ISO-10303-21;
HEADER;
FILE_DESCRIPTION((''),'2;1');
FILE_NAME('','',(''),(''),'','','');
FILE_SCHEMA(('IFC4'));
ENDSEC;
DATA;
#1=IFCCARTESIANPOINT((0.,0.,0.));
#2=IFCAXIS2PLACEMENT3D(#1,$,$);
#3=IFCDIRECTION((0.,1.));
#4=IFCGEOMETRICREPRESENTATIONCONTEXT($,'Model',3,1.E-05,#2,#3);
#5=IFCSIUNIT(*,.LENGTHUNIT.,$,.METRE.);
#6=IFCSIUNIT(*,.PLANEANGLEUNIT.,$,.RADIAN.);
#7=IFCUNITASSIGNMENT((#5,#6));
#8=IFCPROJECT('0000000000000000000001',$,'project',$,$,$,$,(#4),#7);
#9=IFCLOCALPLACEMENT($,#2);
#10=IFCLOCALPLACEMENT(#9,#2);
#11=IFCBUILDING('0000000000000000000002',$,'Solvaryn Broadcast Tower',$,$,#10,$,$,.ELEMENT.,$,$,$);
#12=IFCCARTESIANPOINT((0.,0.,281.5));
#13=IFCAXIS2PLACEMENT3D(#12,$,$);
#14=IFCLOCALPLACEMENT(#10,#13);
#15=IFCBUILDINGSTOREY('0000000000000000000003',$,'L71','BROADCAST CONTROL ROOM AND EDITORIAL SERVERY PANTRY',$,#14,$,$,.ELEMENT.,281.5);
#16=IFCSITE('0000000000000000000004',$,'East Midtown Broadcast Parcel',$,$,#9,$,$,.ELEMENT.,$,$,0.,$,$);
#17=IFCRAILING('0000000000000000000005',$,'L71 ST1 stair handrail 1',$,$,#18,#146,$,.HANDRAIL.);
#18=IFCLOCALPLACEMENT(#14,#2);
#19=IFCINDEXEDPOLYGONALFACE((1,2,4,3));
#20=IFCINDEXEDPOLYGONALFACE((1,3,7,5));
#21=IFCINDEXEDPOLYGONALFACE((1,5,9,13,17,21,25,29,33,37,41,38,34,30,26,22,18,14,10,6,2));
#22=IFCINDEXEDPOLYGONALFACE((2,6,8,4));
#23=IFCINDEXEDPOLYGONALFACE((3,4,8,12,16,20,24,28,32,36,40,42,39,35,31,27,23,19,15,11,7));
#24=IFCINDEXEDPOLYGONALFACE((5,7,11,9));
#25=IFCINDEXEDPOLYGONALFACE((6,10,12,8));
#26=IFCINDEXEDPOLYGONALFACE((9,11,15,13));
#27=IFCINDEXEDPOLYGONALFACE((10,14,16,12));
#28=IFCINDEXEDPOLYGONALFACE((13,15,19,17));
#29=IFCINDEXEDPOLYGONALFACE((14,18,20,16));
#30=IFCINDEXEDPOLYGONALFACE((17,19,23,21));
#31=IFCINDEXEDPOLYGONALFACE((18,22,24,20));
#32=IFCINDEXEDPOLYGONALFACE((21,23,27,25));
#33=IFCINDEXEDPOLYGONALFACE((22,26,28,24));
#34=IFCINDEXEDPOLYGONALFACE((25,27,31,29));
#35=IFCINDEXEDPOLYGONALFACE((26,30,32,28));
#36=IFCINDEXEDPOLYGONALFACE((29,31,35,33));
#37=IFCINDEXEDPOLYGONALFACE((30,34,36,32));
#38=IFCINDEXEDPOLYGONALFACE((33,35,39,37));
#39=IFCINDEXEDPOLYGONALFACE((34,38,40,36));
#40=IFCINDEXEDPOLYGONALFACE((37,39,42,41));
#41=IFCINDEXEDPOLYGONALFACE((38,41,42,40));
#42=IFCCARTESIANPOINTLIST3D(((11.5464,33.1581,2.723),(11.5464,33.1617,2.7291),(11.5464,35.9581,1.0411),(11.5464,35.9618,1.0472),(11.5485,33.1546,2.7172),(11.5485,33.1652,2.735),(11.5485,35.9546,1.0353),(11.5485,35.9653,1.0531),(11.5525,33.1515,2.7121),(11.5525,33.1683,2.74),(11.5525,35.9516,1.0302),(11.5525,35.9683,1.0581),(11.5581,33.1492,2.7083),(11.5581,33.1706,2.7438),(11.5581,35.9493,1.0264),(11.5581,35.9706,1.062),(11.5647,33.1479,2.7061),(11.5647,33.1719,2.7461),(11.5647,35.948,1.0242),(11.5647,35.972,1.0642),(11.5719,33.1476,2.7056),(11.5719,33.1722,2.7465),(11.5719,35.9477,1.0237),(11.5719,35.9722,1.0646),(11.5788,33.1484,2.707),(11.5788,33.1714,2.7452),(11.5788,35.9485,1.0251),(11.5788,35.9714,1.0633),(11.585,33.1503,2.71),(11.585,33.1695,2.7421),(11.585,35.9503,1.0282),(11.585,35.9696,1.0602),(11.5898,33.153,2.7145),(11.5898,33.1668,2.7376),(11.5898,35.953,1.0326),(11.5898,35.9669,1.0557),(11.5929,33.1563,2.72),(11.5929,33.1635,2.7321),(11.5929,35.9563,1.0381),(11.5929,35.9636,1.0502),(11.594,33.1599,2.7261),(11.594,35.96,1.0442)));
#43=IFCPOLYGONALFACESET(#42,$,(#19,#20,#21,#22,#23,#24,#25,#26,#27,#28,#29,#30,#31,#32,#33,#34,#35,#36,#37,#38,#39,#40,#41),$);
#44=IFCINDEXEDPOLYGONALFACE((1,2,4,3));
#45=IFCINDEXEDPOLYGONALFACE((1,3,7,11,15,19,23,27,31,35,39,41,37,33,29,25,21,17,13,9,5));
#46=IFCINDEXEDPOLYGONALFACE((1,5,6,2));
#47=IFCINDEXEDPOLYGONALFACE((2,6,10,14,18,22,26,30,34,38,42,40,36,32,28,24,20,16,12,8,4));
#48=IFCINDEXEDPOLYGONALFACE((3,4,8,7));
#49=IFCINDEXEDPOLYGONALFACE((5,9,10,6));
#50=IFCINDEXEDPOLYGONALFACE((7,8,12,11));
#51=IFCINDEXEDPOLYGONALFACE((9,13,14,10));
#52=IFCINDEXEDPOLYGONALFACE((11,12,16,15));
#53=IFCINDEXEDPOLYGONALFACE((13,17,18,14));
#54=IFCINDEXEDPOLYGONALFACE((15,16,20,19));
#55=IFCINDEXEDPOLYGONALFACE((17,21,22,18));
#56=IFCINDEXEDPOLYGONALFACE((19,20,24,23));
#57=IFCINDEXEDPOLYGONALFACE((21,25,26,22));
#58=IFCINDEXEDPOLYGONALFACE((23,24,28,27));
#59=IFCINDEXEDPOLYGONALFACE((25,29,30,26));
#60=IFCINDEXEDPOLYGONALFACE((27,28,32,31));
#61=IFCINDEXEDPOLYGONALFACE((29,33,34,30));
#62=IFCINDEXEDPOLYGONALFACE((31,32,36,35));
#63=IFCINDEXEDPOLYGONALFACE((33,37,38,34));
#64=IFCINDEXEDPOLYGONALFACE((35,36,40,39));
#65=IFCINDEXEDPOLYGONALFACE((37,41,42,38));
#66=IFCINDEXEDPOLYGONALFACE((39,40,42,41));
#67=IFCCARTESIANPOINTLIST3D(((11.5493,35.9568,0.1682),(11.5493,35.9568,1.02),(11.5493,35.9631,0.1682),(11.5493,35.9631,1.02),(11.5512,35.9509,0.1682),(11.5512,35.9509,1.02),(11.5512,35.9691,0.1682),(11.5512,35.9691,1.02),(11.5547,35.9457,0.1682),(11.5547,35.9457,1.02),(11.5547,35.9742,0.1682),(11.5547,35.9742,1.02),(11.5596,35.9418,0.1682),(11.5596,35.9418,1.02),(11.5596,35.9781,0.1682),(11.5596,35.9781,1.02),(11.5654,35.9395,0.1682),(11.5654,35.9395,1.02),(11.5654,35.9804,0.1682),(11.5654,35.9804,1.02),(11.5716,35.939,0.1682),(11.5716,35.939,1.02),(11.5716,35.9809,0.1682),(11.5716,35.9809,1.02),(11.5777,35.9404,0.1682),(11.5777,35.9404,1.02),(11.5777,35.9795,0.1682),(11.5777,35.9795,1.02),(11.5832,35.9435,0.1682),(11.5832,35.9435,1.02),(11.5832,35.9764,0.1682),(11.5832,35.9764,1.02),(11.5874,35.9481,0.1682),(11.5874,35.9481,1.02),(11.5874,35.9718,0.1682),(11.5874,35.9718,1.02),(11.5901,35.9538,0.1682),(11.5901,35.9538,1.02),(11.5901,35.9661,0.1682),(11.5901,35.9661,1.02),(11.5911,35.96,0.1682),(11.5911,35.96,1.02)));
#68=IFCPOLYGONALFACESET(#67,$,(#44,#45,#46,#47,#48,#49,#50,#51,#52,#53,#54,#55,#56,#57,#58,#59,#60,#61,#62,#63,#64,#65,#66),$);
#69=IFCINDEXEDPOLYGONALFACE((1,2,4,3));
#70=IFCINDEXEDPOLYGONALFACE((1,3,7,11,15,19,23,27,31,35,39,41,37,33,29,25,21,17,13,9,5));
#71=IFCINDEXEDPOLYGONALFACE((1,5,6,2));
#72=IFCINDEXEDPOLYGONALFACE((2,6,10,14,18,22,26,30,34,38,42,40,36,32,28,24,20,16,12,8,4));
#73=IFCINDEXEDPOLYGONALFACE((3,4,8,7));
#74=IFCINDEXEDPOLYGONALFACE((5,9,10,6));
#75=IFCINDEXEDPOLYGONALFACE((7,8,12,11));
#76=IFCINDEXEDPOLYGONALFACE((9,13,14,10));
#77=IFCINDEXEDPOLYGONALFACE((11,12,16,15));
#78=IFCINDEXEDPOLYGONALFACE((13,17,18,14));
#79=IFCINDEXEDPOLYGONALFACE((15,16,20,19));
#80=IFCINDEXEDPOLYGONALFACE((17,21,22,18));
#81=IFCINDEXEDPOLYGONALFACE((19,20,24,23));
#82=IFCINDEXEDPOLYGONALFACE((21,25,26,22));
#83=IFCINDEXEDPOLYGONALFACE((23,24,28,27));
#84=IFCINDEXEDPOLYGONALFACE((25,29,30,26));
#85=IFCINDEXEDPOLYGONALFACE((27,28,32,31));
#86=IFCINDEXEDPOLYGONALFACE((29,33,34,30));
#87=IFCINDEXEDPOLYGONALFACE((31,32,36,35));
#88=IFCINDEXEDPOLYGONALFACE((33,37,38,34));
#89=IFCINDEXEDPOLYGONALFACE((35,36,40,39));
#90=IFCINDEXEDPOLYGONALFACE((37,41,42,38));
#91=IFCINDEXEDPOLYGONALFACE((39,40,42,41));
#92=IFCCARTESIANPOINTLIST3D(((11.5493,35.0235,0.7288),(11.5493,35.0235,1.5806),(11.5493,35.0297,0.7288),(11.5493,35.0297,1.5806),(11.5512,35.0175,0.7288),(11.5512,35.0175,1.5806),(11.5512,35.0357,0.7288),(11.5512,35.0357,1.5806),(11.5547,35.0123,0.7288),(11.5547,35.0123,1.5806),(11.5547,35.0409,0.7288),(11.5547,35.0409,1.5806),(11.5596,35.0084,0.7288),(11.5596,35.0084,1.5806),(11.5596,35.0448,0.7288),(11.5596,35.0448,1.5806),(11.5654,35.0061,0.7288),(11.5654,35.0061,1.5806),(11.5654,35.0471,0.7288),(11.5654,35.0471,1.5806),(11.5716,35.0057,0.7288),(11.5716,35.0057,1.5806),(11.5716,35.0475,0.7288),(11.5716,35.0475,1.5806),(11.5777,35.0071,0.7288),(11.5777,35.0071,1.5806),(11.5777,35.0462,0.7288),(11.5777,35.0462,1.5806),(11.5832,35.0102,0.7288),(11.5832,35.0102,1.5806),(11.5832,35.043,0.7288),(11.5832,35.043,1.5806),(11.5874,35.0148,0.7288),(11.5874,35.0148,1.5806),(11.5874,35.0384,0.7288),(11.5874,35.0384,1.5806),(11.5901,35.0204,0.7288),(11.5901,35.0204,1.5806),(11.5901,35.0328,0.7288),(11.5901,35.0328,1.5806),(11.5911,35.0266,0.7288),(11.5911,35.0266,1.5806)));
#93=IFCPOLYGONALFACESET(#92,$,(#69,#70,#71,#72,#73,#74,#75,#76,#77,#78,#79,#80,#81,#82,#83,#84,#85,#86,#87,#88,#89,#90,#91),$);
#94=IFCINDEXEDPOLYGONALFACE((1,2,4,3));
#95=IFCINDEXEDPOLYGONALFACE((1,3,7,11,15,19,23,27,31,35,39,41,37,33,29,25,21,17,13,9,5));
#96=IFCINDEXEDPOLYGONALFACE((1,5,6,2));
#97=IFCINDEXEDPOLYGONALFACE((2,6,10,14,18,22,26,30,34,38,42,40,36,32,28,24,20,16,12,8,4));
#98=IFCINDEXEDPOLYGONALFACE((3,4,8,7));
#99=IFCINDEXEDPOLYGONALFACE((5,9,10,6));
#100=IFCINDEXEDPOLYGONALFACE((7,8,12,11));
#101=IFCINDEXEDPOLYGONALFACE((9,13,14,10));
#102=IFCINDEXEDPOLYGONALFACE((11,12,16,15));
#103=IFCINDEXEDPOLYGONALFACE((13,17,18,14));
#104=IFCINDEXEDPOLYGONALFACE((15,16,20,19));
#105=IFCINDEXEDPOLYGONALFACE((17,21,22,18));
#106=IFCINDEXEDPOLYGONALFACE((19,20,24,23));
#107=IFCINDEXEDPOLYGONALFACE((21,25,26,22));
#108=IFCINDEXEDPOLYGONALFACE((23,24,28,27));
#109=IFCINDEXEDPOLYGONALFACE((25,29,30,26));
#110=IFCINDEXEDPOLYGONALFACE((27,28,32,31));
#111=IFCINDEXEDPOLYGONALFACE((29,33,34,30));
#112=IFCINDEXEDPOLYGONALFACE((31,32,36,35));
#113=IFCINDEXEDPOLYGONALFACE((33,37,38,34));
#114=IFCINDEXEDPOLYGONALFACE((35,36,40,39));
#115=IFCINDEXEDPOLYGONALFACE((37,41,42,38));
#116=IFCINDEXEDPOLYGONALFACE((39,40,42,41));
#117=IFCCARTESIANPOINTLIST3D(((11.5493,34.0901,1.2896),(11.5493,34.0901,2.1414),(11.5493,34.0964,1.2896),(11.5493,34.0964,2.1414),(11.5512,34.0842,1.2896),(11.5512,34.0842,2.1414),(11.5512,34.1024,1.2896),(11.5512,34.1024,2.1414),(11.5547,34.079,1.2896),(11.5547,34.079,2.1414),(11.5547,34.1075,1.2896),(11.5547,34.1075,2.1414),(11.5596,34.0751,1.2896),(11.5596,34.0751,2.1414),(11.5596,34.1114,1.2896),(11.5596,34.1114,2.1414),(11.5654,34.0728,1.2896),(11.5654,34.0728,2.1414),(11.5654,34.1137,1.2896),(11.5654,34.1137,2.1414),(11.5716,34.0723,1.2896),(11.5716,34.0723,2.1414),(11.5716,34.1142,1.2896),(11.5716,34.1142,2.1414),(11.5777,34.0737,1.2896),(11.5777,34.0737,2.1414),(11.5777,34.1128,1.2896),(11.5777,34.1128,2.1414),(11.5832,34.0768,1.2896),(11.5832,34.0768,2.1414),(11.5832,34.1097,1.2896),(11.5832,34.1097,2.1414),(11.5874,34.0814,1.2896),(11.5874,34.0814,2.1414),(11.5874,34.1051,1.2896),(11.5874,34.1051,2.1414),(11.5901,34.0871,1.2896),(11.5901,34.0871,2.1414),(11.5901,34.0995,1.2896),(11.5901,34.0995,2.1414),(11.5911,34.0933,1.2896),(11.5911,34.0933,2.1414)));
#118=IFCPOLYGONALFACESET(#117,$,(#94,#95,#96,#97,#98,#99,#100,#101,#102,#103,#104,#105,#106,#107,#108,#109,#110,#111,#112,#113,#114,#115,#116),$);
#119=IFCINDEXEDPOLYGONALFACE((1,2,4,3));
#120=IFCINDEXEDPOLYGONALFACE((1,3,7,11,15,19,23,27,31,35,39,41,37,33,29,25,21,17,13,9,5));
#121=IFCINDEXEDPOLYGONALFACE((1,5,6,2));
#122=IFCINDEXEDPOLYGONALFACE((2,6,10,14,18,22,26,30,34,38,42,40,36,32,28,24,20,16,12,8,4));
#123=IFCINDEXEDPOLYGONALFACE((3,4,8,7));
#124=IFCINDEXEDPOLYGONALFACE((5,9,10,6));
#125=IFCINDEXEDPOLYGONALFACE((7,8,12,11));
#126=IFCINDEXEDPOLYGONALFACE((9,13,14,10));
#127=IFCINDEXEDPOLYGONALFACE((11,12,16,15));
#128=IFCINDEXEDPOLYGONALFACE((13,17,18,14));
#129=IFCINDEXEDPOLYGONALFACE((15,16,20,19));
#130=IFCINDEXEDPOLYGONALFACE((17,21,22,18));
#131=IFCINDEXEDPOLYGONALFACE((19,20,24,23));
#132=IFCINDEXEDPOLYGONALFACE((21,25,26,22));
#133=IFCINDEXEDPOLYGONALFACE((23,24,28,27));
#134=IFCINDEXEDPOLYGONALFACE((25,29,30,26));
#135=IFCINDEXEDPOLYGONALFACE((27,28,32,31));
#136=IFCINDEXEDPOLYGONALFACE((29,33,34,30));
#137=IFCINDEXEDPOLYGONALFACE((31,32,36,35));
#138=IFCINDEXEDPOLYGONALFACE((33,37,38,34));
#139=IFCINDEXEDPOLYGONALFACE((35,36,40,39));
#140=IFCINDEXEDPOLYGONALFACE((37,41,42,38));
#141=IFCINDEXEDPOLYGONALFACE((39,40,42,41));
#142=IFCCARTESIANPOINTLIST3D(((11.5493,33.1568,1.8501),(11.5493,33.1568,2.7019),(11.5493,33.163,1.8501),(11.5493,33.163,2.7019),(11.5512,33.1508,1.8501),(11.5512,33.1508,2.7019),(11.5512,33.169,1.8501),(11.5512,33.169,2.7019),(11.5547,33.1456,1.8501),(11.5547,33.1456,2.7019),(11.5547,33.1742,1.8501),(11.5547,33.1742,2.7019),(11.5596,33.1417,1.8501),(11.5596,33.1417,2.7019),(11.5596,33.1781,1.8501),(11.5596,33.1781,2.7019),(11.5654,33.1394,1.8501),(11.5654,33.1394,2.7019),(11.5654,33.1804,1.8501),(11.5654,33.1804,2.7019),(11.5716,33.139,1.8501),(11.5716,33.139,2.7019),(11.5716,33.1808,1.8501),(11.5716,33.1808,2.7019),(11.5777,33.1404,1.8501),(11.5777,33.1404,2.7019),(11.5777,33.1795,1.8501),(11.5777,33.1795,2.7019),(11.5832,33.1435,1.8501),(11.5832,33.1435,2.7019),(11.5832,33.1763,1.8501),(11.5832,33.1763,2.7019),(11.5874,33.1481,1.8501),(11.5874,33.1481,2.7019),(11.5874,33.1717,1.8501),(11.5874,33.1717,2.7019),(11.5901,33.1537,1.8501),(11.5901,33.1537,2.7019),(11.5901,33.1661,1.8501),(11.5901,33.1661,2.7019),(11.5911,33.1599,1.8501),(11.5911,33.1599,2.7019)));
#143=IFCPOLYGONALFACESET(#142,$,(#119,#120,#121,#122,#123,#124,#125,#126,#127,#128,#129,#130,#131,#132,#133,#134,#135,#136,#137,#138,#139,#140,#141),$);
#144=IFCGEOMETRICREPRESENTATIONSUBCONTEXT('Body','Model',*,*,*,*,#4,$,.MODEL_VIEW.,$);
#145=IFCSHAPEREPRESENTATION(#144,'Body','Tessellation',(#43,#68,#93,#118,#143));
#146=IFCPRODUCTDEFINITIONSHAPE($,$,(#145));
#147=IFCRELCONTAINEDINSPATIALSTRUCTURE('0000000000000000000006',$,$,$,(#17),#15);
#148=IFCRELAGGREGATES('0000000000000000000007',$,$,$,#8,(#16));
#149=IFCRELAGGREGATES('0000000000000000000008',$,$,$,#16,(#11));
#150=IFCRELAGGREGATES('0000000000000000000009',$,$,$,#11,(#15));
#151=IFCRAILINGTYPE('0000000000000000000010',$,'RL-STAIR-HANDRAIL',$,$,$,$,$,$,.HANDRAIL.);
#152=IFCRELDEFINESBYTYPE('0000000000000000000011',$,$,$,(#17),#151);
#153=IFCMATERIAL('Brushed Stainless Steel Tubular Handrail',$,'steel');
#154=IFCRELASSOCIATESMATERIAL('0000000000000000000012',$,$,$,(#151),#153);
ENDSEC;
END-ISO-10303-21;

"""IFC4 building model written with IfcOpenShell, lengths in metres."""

from ifc_helpers import new_model, si_unit, direction, frame, origin, origin_2d, place, context, subcontext, project, spatial, circle, extrude, material, type_object, element, save


model = new_model("IFC4")

# Units and contexts
model_context = context("Model", 3, precision=1e-05, world=origin(), true_north=direction((0.0, 1.0)))
body_context = subcontext(model_context, "Body", "Model", "MODEL_VIEW")
ifc_project = project(units=[si_unit("LENGTHUNIT", "METRE"), si_unit("PLANEANGLEUNIT", "RADIAN")], contexts=[model_context])

# Site, building, storey
site_placement = place(None, origin())
site = spatial("IfcSite", under=ifc_project, at=site_placement, Name="East Midtown Broadcast Parcel", CompositionType="ELEMENT", RefElevation=0.0)
building_placement = place(site_placement, origin())
building = spatial("IfcBuilding", under=site, at=building_placement, Name="Solvaryn Broadcast Tower", CompositionType="ELEMENT")
storey_placement = place(building_placement, frame((0.0, 0.0, 281.5)))
storey = spatial("IfcBuildingStorey", under=building, at=storey_placement, Name="L71", Description="BROADCAST CONTROL ROOM AND EDITORIAL SERVERY PANTRY", CompositionType="ELEMENT", Elevation=281.5)

# Railing
ifc_material_1 = material(Name="Brushed Stainless Steel Tubular Handrail", Category="steel")
railing_type_1 = type_object("IfcRailingType", Name="RL-STAIR-HANDRAIL", PredefinedType="HANDRAIL", material=ifc_material_1)
railing_1_placement = place(storey_placement, frame((11.5701, 35.96, 0.1682)))
element("IfcRailing", 1, at=railing_1_placement, inside=storey, type_object=railing_type_1, Name="L71 ST1 stair handrail 1", PredefinedType="HANDRAIL", context=body_context, shape_type="SweptSolid", body=[
    extrude(circle(Radius=0.0239, at=origin_2d()), frame((0.0, 0.0, 0.876), z_axis=(0.0, -0.857242, 0.514913), x_axis=(1.0, 0.0, 0.0)), (0.0, 0.0, 1.0), 3.2664),
    extrude(circle(Radius=0.021, at=origin_2d()), origin(), (0.0, 0.0, 1.0), 0.8518),
    extrude(circle(Radius=0.021, at=origin_2d()), frame((0.0, -0.9333, 0.5605)), (0.0, 0.0, 1.0), 0.8518),
    extrude(circle(Radius=0.021, at=origin_2d()), frame((0.0, -1.8667, 1.1213)), (0.0, 0.0, 1.0), 0.8518),
    extrude(circle(Radius=0.021, at=origin_2d()), frame((0.0, -2.8, 1.6819)), (0.0, 0.0, 1.0), 0.8518),
])

save(model, "model.ifc")
